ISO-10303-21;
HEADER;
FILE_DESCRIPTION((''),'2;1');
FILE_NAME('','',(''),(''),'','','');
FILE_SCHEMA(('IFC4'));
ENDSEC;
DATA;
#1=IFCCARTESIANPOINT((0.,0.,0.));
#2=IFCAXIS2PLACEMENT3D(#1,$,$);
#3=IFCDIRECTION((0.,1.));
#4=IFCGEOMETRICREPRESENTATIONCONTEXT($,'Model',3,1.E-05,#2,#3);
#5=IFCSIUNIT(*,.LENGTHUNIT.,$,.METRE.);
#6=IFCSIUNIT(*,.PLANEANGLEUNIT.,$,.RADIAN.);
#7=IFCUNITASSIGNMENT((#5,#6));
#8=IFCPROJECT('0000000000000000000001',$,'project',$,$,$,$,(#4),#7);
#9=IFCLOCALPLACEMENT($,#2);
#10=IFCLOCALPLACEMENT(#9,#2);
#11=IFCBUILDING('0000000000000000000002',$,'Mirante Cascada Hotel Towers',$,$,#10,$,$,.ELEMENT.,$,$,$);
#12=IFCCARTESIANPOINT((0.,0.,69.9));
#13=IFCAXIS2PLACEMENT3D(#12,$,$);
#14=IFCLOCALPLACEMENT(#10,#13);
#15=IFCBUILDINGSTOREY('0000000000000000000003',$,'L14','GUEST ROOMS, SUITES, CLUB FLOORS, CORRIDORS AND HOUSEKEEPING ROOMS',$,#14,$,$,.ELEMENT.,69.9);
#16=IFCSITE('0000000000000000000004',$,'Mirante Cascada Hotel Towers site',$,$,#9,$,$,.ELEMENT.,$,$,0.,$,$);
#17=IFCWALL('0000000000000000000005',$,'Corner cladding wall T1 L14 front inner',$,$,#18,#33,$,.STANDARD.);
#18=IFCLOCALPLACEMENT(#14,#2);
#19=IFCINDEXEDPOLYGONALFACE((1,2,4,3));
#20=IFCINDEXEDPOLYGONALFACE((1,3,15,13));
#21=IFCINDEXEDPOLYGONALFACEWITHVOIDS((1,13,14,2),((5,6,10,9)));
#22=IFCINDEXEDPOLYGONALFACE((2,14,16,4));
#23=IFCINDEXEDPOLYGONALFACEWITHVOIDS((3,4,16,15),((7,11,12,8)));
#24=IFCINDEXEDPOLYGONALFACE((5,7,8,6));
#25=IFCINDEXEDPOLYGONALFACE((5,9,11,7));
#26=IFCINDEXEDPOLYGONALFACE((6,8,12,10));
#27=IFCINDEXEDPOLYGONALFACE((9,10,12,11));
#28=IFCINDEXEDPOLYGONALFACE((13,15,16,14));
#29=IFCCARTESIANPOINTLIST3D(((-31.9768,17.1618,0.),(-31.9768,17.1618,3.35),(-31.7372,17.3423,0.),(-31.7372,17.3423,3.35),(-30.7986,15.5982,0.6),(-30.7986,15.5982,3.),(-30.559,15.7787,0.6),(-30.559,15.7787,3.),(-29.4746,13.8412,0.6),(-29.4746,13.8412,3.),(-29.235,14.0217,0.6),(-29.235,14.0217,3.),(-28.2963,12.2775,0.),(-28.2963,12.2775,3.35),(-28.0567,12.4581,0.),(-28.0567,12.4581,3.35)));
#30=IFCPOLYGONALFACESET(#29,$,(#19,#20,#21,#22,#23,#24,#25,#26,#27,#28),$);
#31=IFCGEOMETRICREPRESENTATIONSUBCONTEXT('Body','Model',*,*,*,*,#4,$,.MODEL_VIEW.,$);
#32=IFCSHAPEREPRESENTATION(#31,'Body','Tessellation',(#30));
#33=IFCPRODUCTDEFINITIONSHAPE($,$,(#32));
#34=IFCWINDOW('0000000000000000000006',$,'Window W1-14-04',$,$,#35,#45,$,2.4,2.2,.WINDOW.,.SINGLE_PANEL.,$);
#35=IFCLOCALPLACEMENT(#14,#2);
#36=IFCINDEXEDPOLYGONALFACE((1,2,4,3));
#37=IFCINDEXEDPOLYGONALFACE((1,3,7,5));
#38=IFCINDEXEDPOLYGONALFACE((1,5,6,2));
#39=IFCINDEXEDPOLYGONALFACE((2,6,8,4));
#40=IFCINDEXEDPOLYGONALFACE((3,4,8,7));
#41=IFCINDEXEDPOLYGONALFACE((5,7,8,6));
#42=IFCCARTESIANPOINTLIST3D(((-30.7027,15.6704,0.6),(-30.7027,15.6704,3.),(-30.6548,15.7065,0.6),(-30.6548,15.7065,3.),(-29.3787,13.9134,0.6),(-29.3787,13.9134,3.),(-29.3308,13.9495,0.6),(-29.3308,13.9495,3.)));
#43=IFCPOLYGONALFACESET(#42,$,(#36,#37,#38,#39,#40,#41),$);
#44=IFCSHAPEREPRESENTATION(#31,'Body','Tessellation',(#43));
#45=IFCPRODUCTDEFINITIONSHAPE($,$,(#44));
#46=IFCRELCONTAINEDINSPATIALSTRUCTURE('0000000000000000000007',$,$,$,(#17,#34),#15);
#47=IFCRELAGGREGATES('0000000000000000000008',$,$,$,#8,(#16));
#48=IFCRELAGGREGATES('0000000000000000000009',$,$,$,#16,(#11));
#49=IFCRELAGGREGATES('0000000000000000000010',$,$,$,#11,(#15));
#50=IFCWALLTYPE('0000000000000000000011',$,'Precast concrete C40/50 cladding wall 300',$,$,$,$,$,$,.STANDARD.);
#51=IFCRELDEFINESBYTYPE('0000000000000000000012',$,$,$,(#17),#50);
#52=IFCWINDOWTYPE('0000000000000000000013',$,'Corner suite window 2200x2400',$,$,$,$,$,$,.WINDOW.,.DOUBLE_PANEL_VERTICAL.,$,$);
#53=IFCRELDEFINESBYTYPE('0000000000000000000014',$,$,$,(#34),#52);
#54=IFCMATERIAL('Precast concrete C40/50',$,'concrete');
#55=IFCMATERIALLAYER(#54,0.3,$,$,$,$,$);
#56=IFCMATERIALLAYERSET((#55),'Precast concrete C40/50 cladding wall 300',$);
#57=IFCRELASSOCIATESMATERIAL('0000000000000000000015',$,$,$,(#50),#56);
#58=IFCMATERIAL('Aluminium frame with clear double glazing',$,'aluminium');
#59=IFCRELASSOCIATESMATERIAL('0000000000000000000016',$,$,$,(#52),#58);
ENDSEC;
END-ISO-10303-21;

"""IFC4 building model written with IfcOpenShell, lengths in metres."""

from ifc_helpers import new_model, si_unit, direction, frame, frame_2d, origin, place, context, subcontext, project, spatial, rectangle, extrude, material, layer, layer_set, type_object, element, fill, save


model = new_model("IFC4")

# Units and contexts
model_context = context("Model", 3, precision=1e-05, world=origin(), true_north=direction((0.0, 1.0)))
body_context = subcontext(model_context, "Body", "Model", "MODEL_VIEW")
ifc_project = project(units=[si_unit("LENGTHUNIT", "METRE"), si_unit("PLANEANGLEUNIT", "RADIAN")], contexts=[model_context])

# Site, building, storey
site_placement = place(None, origin())
site = spatial("IfcSite", under=ifc_project, at=site_placement, Name="Mirante Cascada Hotel Towers site", CompositionType="ELEMENT", RefElevation=0.0)
building_placement = place(site_placement, origin())
building = spatial("IfcBuilding", under=site, at=building_placement, Name="Mirante Cascada Hotel Towers", CompositionType="ELEMENT")
storey_placement = place(building_placement, frame((0.0, 0.0, 69.9)))
storey = spatial("IfcBuildingStorey", under=building, at=storey_placement, Name="L14", Description="GUEST ROOMS, SUITES, CLUB FLOORS, CORRIDORS AND HOUSEKEEPING ROOMS", CompositionType="ELEMENT", Elevation=69.9)

# Wall, opening, window
ifc_material_1 = material(Name="Precast concrete C40/50", Category="concrete")
ifc_layer_1 = layer(ifc_material_1, 0.3)
ifc_layer_set_1 = layer_set([ifc_layer_1], Name="Precast concrete C40/50 cladding wall 300")
wall_type_1 = type_object("IfcWallType", Name="Precast concrete C40/50 cladding wall 300", PredefinedType="STANDARD", material=ifc_layer_set_1)
wall_1_placement = place(storey_placement, frame((-31.857, 17.252, 0.0), z_axis=(0.0, 0.0, 1.0), x_axis=(0.601814, -0.798636, 0.0)))
wall_1 = element("IfcWall", 1, at=wall_1_placement, inside=storey, type_object=wall_type_1, Name="Corner cladding wall T1 L14 front inner", PredefinedType="STANDARD", context=body_context, shape_type="SweptSolid", body=[
    extrude(rectangle(XDim=6.1157, YDim=0.3, at=frame_2d((3.0578, 0.0))), origin(), (0.0, 0.0, 1.0), 3.35),
])
opening_1_placement = place(wall_1_placement, frame((1.9578, 0.0, 0.6)))
opening_1 = element("IfcOpeningElement", 2, at=opening_1_placement, cuts=wall_1, PredefinedType="OPENING", context=body_context, shape_type="SweptSolid", body=[
    extrude(rectangle(XDim=2.2, YDim=2.4, at=frame_2d((1.1, 1.2))), frame((0.0, 0.15, 0.0), z_axis=(0.0, -1.0, 0.0), x_axis=(1.0, 0.0, 0.0)), (0.0, 0.0, 1.0), 0.3),
])
ifc_material_2 = material(Name="Aluminium frame with clear double glazing", Category="aluminium")
window_type = type_object("IfcWindowType", Name="Corner suite window 2200x2400", PartitioningType="DOUBLE_PANEL_VERTICAL", PredefinedType="WINDOW", material=ifc_material_2)
window_placement = place(opening_1_placement, origin())
window = element("IfcWindow", 3, at=window_placement, inside=storey, type_object=window_type, Name="Window W1-14-04", OverallHeight=2.4, OverallWidth=2.2, PartitioningType="SINGLE_PANEL", PredefinedType="WINDOW", context=body_context, shape_type="SweptSolid", body=[
    extrude(rectangle(XDim=2.2, YDim=2.4, at=frame_2d((1.1, 1.2))), frame((0.0, 0.03, 0.0), z_axis=(0.0, -1.0, 0.0), x_axis=(1.0, 0.0, 0.0)), (0.0, 0.0, 1.0), 0.06),
])
fill(opening_1, window)

save(model, "model.ifc")
